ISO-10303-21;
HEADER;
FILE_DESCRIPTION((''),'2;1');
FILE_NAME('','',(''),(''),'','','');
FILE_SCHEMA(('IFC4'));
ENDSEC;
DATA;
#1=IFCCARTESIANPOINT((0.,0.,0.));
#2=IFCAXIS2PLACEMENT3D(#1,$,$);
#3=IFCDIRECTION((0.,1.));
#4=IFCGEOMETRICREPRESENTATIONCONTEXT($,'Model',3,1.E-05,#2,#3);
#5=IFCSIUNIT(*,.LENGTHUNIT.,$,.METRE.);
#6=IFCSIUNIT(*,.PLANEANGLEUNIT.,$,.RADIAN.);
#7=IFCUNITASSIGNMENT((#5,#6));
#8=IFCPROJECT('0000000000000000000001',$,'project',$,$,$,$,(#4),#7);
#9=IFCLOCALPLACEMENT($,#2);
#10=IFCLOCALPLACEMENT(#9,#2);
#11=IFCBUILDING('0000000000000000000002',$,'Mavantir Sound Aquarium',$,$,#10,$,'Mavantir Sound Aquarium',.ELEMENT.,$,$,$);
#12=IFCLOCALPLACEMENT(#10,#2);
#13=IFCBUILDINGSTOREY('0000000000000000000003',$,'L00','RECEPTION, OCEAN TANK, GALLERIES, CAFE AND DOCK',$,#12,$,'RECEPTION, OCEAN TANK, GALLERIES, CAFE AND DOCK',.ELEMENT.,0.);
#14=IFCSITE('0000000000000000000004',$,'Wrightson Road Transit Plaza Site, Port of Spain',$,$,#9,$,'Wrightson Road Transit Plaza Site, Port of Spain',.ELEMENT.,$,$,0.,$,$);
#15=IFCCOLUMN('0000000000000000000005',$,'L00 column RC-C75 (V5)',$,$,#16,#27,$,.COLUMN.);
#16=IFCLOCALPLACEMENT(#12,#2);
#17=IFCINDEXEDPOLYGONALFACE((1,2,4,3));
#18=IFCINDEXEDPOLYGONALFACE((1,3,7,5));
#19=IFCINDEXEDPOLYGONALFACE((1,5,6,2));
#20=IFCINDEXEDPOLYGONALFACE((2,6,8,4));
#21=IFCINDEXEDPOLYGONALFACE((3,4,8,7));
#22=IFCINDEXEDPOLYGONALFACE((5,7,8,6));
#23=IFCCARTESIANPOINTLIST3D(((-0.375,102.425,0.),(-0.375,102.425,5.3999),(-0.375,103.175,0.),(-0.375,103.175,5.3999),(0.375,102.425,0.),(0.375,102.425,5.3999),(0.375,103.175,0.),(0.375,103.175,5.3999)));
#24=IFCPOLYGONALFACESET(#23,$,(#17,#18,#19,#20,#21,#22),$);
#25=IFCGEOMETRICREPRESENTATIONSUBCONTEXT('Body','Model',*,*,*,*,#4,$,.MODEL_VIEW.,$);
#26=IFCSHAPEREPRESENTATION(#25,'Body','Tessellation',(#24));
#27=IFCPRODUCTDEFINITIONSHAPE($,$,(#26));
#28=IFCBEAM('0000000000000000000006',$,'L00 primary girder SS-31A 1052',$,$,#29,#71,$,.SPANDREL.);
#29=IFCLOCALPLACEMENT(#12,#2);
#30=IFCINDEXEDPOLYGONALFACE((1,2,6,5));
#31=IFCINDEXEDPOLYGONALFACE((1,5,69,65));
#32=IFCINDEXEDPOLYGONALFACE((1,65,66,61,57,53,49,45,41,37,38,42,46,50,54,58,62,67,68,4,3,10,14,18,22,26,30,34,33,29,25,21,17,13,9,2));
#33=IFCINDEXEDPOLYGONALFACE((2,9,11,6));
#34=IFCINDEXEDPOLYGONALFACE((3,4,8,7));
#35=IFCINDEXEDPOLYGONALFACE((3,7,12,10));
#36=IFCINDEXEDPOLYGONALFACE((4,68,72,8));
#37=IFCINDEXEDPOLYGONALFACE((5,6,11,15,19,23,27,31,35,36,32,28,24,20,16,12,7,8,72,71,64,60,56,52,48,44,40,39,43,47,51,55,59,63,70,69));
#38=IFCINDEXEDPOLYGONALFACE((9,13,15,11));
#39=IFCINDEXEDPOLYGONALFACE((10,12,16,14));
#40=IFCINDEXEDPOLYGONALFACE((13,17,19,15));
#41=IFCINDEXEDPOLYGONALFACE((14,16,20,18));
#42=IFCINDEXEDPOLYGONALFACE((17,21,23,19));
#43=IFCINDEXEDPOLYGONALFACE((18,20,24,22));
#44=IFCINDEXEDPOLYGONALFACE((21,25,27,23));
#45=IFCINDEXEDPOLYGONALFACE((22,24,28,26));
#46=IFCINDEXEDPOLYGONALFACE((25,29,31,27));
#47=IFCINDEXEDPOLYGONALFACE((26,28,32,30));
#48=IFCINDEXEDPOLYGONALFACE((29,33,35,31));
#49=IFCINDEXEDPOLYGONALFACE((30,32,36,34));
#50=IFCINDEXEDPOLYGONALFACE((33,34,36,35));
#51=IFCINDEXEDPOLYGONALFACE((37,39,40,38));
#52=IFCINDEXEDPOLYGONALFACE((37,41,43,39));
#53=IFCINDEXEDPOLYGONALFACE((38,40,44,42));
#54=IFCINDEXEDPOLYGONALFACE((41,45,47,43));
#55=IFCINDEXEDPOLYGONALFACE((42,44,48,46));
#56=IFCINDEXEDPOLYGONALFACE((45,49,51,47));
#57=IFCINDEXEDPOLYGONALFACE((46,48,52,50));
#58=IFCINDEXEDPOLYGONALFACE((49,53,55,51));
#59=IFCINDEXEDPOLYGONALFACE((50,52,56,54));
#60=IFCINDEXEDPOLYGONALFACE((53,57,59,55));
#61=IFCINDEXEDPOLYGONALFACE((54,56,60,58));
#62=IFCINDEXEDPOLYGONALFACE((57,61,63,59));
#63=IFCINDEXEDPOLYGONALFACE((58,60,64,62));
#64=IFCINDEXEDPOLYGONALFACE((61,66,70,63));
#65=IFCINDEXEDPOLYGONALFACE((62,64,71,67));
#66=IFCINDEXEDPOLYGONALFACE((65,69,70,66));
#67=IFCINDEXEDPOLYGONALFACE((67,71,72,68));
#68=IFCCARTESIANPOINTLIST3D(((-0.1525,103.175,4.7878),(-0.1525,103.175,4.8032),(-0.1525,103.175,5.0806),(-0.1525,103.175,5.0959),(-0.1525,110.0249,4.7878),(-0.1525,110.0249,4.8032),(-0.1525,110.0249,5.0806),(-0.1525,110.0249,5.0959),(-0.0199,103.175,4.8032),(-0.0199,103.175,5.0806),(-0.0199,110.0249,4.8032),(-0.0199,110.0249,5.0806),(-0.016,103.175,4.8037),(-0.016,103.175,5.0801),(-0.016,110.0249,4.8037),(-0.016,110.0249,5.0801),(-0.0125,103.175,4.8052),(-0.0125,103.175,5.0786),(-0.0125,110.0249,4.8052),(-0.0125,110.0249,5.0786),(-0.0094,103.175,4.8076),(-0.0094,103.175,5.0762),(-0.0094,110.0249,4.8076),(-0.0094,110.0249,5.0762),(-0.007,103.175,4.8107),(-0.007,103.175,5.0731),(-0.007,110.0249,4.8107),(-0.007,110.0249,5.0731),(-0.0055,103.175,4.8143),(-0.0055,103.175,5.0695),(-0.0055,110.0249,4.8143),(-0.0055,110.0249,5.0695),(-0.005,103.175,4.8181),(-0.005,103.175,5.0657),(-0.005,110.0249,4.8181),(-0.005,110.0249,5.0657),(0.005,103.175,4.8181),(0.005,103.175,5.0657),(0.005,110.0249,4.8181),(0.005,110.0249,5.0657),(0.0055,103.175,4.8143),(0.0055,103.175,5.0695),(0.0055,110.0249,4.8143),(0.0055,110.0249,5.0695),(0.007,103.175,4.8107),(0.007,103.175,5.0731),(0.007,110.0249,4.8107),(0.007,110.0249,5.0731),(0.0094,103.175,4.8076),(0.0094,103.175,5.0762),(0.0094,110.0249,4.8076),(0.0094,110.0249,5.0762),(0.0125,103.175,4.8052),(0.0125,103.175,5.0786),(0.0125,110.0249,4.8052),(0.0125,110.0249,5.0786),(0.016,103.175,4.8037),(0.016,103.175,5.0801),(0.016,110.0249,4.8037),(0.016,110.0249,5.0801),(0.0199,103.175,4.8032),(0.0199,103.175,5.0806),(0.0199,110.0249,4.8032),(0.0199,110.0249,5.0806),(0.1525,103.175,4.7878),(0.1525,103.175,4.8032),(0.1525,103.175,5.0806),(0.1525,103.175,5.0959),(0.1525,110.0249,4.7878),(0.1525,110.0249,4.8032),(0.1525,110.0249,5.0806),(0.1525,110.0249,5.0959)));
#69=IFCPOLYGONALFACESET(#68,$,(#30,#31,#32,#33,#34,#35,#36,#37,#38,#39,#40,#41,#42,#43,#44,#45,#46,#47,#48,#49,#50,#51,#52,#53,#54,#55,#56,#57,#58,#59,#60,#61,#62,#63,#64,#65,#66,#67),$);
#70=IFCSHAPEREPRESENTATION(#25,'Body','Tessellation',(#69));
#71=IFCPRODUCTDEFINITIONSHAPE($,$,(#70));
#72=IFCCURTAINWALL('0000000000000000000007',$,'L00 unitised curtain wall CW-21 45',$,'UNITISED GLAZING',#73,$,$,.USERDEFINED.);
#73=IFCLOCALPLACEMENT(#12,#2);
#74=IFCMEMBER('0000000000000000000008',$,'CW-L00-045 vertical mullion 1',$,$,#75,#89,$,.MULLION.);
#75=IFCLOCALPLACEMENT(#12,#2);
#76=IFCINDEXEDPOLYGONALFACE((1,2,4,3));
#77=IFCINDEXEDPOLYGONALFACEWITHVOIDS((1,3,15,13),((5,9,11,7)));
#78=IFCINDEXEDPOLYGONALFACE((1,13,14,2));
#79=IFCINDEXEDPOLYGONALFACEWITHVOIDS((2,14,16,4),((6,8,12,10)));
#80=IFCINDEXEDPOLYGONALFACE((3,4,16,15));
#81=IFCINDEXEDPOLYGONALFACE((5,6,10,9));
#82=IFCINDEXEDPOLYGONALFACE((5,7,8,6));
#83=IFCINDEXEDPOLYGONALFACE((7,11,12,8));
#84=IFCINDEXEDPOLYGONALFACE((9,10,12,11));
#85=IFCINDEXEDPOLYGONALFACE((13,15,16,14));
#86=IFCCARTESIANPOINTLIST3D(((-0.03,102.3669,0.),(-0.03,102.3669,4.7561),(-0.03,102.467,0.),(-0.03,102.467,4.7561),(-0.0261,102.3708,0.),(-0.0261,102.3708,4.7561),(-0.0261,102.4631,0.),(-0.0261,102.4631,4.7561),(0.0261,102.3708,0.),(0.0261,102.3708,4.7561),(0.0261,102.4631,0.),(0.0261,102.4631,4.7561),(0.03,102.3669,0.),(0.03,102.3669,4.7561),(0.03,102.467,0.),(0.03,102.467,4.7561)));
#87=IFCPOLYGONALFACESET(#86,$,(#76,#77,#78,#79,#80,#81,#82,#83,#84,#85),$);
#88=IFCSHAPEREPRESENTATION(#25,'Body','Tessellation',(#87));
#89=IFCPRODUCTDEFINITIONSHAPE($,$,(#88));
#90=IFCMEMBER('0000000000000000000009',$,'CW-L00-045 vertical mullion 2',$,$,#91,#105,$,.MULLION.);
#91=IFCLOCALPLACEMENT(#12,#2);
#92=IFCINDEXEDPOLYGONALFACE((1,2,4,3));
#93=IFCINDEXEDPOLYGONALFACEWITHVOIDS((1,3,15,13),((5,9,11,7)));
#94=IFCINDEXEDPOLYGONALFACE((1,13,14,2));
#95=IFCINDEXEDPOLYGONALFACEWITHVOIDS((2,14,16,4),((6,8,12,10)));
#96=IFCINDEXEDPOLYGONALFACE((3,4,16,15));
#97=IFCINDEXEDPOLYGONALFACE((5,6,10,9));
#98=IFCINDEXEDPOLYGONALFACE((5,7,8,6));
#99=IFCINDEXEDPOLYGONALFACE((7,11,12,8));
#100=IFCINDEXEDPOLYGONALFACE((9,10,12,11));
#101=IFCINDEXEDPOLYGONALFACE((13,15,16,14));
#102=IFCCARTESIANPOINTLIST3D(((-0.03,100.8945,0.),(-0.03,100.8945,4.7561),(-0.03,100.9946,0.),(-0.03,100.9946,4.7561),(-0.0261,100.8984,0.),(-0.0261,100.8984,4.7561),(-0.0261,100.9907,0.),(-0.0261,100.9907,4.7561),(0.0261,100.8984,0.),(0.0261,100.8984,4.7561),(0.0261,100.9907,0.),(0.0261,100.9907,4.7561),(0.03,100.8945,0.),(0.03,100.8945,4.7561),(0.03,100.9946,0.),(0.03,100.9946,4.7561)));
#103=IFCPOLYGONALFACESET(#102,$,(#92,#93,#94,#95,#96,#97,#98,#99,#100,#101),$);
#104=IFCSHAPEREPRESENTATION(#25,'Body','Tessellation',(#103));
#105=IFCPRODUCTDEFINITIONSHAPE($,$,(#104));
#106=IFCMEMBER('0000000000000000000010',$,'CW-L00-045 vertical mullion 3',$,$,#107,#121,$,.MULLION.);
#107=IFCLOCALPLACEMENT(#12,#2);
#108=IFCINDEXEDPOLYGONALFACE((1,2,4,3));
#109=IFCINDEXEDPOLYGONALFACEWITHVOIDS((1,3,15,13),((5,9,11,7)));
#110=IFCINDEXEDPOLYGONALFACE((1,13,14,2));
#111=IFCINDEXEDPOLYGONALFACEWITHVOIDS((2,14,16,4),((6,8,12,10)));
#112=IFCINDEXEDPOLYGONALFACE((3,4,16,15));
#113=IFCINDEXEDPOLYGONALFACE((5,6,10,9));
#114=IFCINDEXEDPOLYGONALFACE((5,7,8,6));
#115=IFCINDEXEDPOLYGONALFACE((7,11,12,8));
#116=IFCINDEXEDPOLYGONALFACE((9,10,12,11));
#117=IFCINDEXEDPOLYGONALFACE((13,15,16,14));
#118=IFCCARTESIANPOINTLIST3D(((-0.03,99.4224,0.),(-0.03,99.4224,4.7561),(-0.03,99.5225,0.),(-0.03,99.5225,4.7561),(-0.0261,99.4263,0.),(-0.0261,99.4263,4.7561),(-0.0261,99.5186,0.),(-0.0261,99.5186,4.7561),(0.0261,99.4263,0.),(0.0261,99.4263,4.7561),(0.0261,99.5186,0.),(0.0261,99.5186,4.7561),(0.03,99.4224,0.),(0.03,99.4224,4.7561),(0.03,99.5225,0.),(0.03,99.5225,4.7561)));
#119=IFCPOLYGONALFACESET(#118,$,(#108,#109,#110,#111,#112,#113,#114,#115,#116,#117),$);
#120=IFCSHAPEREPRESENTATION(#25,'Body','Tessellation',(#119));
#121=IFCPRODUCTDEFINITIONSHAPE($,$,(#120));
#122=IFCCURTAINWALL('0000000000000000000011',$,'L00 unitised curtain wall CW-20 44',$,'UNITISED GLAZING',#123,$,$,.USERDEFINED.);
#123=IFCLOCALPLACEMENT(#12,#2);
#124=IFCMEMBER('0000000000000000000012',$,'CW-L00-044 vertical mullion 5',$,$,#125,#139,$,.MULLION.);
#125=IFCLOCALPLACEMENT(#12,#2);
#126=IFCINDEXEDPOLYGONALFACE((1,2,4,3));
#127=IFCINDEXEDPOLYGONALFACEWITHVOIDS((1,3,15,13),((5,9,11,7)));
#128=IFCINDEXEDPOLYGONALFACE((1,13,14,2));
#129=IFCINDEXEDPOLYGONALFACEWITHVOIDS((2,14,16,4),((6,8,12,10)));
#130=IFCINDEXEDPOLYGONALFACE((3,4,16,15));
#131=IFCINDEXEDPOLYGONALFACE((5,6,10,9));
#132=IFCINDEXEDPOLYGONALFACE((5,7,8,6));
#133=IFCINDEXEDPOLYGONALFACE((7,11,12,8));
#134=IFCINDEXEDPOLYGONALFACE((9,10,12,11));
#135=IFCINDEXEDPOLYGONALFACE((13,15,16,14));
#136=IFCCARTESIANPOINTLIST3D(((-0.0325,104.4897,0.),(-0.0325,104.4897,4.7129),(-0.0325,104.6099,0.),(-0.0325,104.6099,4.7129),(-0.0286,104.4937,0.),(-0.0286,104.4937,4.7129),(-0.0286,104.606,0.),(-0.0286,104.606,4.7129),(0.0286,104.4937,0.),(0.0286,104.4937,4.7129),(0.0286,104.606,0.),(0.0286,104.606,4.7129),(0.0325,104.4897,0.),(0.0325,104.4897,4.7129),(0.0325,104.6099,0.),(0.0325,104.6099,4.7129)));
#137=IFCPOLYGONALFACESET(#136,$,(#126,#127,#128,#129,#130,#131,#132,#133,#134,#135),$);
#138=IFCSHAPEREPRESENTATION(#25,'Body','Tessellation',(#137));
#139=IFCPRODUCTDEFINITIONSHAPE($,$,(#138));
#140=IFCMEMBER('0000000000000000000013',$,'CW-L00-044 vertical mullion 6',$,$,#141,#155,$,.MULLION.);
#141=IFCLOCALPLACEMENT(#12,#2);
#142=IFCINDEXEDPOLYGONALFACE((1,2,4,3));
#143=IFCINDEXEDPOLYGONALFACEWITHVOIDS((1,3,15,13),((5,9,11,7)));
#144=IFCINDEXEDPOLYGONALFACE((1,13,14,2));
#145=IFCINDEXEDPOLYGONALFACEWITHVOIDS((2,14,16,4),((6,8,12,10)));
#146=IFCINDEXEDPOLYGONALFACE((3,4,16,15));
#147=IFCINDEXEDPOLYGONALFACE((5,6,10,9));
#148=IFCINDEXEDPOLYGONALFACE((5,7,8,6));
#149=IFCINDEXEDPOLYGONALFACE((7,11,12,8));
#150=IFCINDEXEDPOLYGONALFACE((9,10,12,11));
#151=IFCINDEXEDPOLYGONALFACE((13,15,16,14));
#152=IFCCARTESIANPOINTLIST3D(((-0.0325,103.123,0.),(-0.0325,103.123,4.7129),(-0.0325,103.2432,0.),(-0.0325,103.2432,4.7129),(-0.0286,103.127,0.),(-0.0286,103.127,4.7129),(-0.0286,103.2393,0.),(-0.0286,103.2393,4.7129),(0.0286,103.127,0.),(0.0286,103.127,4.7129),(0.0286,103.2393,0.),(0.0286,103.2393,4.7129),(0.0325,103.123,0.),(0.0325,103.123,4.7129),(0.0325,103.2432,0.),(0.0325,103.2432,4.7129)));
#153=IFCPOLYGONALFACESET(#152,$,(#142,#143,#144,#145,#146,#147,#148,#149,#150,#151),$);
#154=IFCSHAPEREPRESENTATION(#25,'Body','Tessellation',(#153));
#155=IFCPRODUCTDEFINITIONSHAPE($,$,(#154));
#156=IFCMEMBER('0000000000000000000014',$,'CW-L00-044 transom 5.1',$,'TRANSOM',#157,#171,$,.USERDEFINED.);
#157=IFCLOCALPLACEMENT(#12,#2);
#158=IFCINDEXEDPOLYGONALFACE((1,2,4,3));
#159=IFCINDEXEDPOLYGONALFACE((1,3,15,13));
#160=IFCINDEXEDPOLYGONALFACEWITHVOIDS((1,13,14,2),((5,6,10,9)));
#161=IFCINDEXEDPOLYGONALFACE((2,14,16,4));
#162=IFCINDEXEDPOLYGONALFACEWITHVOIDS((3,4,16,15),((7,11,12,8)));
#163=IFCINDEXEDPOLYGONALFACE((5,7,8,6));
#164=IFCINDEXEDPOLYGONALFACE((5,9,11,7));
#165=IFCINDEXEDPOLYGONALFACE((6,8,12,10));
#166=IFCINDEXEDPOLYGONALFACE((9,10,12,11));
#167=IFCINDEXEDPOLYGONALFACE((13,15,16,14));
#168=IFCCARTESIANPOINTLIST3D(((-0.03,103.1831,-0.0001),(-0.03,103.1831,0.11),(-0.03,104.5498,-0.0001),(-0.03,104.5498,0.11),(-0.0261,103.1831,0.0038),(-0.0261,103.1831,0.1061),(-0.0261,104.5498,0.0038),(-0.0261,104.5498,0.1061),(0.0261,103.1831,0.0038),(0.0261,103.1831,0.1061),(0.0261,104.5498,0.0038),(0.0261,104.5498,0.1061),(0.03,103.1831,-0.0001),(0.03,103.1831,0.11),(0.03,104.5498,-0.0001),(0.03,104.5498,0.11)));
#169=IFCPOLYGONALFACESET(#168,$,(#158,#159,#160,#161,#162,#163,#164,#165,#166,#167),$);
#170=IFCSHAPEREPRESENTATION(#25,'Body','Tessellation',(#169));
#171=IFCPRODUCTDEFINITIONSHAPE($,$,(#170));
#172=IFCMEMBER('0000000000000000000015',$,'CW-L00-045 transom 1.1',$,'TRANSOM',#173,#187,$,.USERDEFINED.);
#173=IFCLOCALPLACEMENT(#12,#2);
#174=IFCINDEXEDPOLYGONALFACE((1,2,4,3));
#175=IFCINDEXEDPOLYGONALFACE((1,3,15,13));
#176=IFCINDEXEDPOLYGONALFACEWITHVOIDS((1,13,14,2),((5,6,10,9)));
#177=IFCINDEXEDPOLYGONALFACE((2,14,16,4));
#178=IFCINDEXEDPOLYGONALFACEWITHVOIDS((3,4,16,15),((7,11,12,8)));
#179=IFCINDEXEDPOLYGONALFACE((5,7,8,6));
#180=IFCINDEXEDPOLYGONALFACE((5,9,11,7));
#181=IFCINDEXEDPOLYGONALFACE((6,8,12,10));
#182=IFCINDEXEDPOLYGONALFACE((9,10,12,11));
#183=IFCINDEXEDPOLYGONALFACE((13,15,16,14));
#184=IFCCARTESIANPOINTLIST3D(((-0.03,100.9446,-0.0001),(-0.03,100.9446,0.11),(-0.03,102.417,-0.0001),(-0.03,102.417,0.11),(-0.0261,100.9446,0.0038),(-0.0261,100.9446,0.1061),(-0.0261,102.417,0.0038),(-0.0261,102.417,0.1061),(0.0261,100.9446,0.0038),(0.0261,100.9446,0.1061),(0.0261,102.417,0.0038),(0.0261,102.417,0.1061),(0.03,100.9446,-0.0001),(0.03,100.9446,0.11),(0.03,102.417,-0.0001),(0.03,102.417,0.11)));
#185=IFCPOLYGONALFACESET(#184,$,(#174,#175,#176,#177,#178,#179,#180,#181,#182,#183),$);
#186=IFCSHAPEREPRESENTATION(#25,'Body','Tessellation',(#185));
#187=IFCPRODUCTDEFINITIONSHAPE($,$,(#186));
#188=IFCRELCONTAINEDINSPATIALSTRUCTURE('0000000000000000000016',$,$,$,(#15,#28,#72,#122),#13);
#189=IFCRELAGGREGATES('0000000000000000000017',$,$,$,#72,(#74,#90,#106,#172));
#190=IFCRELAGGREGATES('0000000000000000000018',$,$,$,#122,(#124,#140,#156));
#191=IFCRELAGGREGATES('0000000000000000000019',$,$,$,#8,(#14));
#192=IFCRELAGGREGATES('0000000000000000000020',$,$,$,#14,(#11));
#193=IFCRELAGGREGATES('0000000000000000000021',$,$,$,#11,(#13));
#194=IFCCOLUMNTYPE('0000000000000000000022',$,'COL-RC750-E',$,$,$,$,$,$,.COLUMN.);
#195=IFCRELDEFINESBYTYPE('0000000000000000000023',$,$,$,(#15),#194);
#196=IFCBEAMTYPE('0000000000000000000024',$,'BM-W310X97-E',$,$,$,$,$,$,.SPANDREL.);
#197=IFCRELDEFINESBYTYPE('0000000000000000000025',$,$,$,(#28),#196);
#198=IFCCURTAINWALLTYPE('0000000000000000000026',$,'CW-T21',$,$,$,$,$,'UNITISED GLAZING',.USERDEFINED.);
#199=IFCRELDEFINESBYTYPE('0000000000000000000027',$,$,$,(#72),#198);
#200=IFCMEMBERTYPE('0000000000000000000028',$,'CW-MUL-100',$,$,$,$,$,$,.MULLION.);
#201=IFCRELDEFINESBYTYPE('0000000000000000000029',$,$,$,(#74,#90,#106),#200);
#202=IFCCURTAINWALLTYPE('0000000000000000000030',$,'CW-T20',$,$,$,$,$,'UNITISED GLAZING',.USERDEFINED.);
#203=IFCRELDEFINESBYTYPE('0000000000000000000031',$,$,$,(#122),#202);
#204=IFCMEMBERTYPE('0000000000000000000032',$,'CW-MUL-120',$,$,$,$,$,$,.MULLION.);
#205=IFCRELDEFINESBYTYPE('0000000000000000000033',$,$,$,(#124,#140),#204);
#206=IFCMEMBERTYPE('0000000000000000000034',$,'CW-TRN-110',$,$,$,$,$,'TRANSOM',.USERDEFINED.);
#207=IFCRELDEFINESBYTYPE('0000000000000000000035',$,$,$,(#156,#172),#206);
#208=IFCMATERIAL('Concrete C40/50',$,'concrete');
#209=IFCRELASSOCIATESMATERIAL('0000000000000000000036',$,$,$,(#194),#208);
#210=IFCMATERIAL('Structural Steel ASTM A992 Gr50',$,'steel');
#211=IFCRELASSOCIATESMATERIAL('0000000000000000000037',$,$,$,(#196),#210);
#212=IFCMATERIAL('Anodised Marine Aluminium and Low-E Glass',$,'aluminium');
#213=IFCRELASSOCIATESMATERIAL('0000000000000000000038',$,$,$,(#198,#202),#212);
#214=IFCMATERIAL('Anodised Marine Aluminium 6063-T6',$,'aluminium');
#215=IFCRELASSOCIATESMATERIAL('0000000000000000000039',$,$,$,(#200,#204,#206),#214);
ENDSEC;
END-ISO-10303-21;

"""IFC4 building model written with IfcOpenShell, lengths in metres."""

from ifc_helpers import new_model, si_unit, direction, frame, origin, origin_2d, place, context, subcontext, project, spatial, rectangle, hollow_rectangle, i_section, extrude, material, material_profile, profile_set, type_object, element, aggregate, save


model = new_model("IFC4")

# Units and contexts
model_context = context("Model", 3, precision=1e-05, world=origin(), true_north=direction((0.0, 1.0)))
body_context = subcontext(model_context, "Body", "Model", "MODEL_VIEW")
ifc_project = project(units=[si_unit("LENGTHUNIT", "METRE"), si_unit("PLANEANGLEUNIT", "RADIAN")], contexts=[model_context])

# Site, building, storey
site_placement = place(None, origin())
site = spatial("IfcSite", under=ifc_project, at=site_placement, Name="Wrightson Road Transit Plaza Site, Port of Spain", LongName="Wrightson Road Transit Plaza Site, Port of Spain", CompositionType="ELEMENT", RefElevation=0.0)
building_placement = place(site_placement, origin())
building = spatial("IfcBuilding", under=site, at=building_placement, Name="Mavantir Sound Aquarium", LongName="Mavantir Sound Aquarium", CompositionType="ELEMENT")
storey_placement = place(building_placement, origin())
storey = spatial("IfcBuildingStorey", under=building, at=storey_placement, Name="L00", Description="RECEPTION, OCEAN TANK, GALLERIES, CAFE AND DOCK", LongName="RECEPTION, OCEAN TANK, GALLERIES, CAFE AND DOCK", CompositionType="ELEMENT", Elevation=0.0)

# Column
ifc_material_1 = material(Name="Concrete C40/50", Category="concrete")
ifc_material_profile_1 = material_profile(ifc_material_1, rectangle(XDim=0.75, YDim=0.75, at=origin_2d()), Name="RC 750X750")
ifc_profile_set_1 = profile_set([ifc_material_profile_1], Name="Concrete C40/50")
column_type = type_object("IfcColumnType", Name="COL-RC750-E", PredefinedType="COLUMN", material=ifc_profile_set_1)
column_placement = place(storey_placement, frame((0.0, 102.8, 0.0), z_axis=(0.0, 0.0, 1.0), x_axis=(1.0, 0.0, 0.0)))
element("IfcColumn", 1, at=column_placement, inside=storey, type_object=column_type, Name="L00 column RC-C75 (V5)", PredefinedType="COLUMN", context=body_context, shape_type="SweptSolid", body=[
    extrude(rectangle(XDim=0.75, YDim=0.75, at=origin_2d()), origin(), (0.0, 0.0, 1.0), 5.3999),
])

# Beam
ifc_material_2 = material(Name="Structural Steel ASTM A992 Gr50", Category="steel")
ifc_material_profile_2 = material_profile(ifc_material_2, i_section(OverallWidth=0.3049, OverallDepth=0.3081, WebThickness=0.01, FlangeThickness=0.0154, FilletRadius=0.0149, at=origin_2d()), Name="W310X97")
ifc_profile_set_2 = profile_set([ifc_material_profile_2], Name="Structural Steel ASTM A992 Gr50")
beam_type = type_object("IfcBeamType", Name="BM-W310X97-E", PredefinedType="SPANDREL", material=ifc_profile_set_2)
beam_placement = place(storey_placement, frame((0.0, 103.175, 4.9419), z_axis=(0.0, 1.0, 0.0), x_axis=(-1.0, 0.0, 0.0)))
element("IfcBeam", 2, at=beam_placement, inside=storey, type_object=beam_type, Name="L00 primary girder SS-31A 1052", PredefinedType="SPANDREL", context=body_context, shape_type="SweptSolid", body=[
    extrude(i_section(OverallWidth=0.3049, OverallDepth=0.3081, WebThickness=0.01, FlangeThickness=0.0154, FilletRadius=0.0149, at=origin_2d()), origin(), (0.0, 0.0, 1.0), 6.8499),
])

# Curtain walls, members
ifc_material_3 = material(Name="Anodised Marine Aluminium and Low-E Glass", Category="aluminium")
curtain_wall_type_1 = type_object("IfcCurtainWallType", Name="CW-T21", ElementType="UNITISED GLAZING", PredefinedType="USERDEFINED", material=ifc_material_3)
curtain_wall_1_placement = place(storey_placement, origin())
curtain_wall_1 = element("IfcCurtainWall", 3, at=curtain_wall_1_placement, inside=storey, type_object=curtain_wall_type_1, Name="L00 unitised curtain wall CW-21 45", ObjectType="UNITISED GLAZING", PredefinedType="USERDEFINED")
ifc_material_4 = material(Name="Anodised Marine Aluminium 6063-T6", Category="aluminium")
ifc_material_profile_3 = material_profile(ifc_material_4, hollow_rectangle(XDim=0.0601, YDim=0.1001, WallThickness=0.0039, at=origin_2d()), Name="ALU-MULLION-100X60")
ifc_profile_set_3 = profile_set([ifc_material_profile_3], Name="Anodised Marine Aluminium 6063-T6")
member_type_1 = type_object("IfcMemberType", Name="CW-MUL-100", PredefinedType="MULLION", material=ifc_profile_set_3)
member_1_placement = place(storey_placement, frame((0.0, 102.417, 0.0), z_axis=(0.0, 0.0, 1.0), x_axis=(1.0, 0.0, 0.0)))
member_1 = element("IfcMember", 4, at=member_1_placement, type_object=member_type_1, Name="CW-L00-045 vertical mullion 1", PredefinedType="MULLION", context=body_context, shape_type="SweptSolid", body=[
    extrude(hollow_rectangle(XDim=0.0601, YDim=0.1001, WallThickness=0.0039, at=origin_2d()), origin(), (0.0, 0.0, 1.0), 4.7561),
])
member_2_placement = place(storey_placement, frame((0.0, 100.9446, 0.0), z_axis=(0.0, 0.0, 1.0), x_axis=(1.0, 0.0, 0.0)))
member_2 = element("IfcMember", 5, at=member_2_placement, type_object=member_type_1, Name="CW-L00-045 vertical mullion 2", PredefinedType="MULLION", context=body_context, shape_type="SweptSolid", body=[
    extrude(hollow_rectangle(XDim=0.0601, YDim=0.1001, WallThickness=0.0039, at=origin_2d()), origin(), (0.0, 0.0, 1.0), 4.7561),
])
member_3_placement = place(storey_placement, frame((0.0, 99.4724, 0.0), z_axis=(0.0, 0.0, 1.0), x_axis=(1.0, 0.0, 0.0)))
member_3 = element("IfcMember", 6, at=member_3_placement, type_object=member_type_1, Name="CW-L00-045 vertical mullion 3", PredefinedType="MULLION", context=body_context, shape_type="SweptSolid", body=[
    extrude(hollow_rectangle(XDim=0.0601, YDim=0.1001, WallThickness=0.0039, at=origin_2d()), origin(), (0.0, 0.0, 1.0), 4.7561),
])
curtain_wall_type_2 = type_object("IfcCurtainWallType", Name="CW-T20", ElementType="UNITISED GLAZING", PredefinedType="USERDEFINED", material=ifc_material_3)
curtain_wall_2_placement = place(storey_placement, origin())
curtain_wall_2 = element("IfcCurtainWall", 7, at=curtain_wall_2_placement, inside=storey, type_object=curtain_wall_type_2, Name="L00 unitised curtain wall CW-20 44", ObjectType="UNITISED GLAZING", PredefinedType="USERDEFINED")
ifc_material_profile_4 = material_profile(ifc_material_4, hollow_rectangle(XDim=0.0649, YDim=0.1201, WallThickness=0.0039, at=origin_2d()), Name="ALU-MULLION-120X65")
ifc_profile_set_4 = profile_set([ifc_material_profile_4], Name="Anodised Marine Aluminium 6063-T6")
member_type_2 = type_object("IfcMemberType", Name="CW-MUL-120", PredefinedType="MULLION", material=ifc_profile_set_4)
member_4_placement = place(storey_placement, frame((0.0, 104.5498, 0.0), z_axis=(0.0, 0.0, 1.0), x_axis=(1.0, 0.0, 0.0)))
member_4 = element("IfcMember", 8, at=member_4_placement, type_object=member_type_2, Name="CW-L00-044 vertical mullion 5", PredefinedType="MULLION", context=body_context, shape_type="SweptSolid", body=[
    extrude(hollow_rectangle(XDim=0.0649, YDim=0.1201, WallThickness=0.0039, at=origin_2d()), origin(), (0.0, 0.0, 1.0), 4.7129),
])
member_5_placement = place(storey_placement, frame((0.0, 103.1831, 0.0), z_axis=(0.0, 0.0, 1.0), x_axis=(1.0, 0.0, 0.0)))
member_5 = element("IfcMember", 9, at=member_5_placement, type_object=member_type_2, Name="CW-L00-044 vertical mullion 6", PredefinedType="MULLION", context=body_context, shape_type="SweptSolid", body=[
    extrude(hollow_rectangle(XDim=0.0649, YDim=0.1201, WallThickness=0.0039, at=origin_2d()), origin(), (0.0, 0.0, 1.0), 4.7129),
])
ifc_material_profile_5 = material_profile(ifc_material_4, hollow_rectangle(XDim=0.0601, YDim=0.1101, WallThickness=0.0039, at=origin_2d()), Name="ALU-TRANSOM-110X60")
ifc_profile_set_5 = profile_set([ifc_material_profile_5], Name="Anodised Marine Aluminium 6063-T6")
member_type_3 = type_object("IfcMemberType", Name="CW-TRN-110", ElementType="TRANSOM", PredefinedType="USERDEFINED", material=ifc_profile_set_5)
member_6_placement = place(storey_placement, frame((0.0, 104.5498, 0.0549), z_axis=(0.0, -1.0, 0.0), x_axis=(1.0, 0.0, 0.0)))
member_6 = element("IfcMember", 10, at=member_6_placement, type_object=member_type_3, Name="CW-L00-044 transom 5.1", ObjectType="TRANSOM", PredefinedType="USERDEFINED", context=body_context, shape_type="SweptSolid", body=[
    extrude(hollow_rectangle(XDim=0.0601, YDim=0.1101, WallThickness=0.0039, at=origin_2d()), origin(), (0.0, 0.0, 1.0), 1.3667),
])

# Member
member_7_placement = place(storey_placement, frame((0.0, 102.417, 0.0549), z_axis=(0.0, -1.0, 0.0), x_axis=(1.0, 0.0, 0.0)))
member_7 = element("IfcMember", 11, at=member_7_placement, type_object=member_type_3, Name="CW-L00-045 transom 1.1", ObjectType="TRANSOM", PredefinedType="USERDEFINED", context=body_context, shape_type="SweptSolid", body=[
    extrude(hollow_rectangle(XDim=0.0601, YDim=0.1101, WallThickness=0.0039, at=origin_2d()), origin(), (0.0, 0.0, 1.0), 1.4724),
])

aggregate(curtain_wall_1, [member_1, member_2, member_3, member_7])
aggregate(curtain_wall_2, [member_4, member_5, member_6])

save(model, "model.ifc")
